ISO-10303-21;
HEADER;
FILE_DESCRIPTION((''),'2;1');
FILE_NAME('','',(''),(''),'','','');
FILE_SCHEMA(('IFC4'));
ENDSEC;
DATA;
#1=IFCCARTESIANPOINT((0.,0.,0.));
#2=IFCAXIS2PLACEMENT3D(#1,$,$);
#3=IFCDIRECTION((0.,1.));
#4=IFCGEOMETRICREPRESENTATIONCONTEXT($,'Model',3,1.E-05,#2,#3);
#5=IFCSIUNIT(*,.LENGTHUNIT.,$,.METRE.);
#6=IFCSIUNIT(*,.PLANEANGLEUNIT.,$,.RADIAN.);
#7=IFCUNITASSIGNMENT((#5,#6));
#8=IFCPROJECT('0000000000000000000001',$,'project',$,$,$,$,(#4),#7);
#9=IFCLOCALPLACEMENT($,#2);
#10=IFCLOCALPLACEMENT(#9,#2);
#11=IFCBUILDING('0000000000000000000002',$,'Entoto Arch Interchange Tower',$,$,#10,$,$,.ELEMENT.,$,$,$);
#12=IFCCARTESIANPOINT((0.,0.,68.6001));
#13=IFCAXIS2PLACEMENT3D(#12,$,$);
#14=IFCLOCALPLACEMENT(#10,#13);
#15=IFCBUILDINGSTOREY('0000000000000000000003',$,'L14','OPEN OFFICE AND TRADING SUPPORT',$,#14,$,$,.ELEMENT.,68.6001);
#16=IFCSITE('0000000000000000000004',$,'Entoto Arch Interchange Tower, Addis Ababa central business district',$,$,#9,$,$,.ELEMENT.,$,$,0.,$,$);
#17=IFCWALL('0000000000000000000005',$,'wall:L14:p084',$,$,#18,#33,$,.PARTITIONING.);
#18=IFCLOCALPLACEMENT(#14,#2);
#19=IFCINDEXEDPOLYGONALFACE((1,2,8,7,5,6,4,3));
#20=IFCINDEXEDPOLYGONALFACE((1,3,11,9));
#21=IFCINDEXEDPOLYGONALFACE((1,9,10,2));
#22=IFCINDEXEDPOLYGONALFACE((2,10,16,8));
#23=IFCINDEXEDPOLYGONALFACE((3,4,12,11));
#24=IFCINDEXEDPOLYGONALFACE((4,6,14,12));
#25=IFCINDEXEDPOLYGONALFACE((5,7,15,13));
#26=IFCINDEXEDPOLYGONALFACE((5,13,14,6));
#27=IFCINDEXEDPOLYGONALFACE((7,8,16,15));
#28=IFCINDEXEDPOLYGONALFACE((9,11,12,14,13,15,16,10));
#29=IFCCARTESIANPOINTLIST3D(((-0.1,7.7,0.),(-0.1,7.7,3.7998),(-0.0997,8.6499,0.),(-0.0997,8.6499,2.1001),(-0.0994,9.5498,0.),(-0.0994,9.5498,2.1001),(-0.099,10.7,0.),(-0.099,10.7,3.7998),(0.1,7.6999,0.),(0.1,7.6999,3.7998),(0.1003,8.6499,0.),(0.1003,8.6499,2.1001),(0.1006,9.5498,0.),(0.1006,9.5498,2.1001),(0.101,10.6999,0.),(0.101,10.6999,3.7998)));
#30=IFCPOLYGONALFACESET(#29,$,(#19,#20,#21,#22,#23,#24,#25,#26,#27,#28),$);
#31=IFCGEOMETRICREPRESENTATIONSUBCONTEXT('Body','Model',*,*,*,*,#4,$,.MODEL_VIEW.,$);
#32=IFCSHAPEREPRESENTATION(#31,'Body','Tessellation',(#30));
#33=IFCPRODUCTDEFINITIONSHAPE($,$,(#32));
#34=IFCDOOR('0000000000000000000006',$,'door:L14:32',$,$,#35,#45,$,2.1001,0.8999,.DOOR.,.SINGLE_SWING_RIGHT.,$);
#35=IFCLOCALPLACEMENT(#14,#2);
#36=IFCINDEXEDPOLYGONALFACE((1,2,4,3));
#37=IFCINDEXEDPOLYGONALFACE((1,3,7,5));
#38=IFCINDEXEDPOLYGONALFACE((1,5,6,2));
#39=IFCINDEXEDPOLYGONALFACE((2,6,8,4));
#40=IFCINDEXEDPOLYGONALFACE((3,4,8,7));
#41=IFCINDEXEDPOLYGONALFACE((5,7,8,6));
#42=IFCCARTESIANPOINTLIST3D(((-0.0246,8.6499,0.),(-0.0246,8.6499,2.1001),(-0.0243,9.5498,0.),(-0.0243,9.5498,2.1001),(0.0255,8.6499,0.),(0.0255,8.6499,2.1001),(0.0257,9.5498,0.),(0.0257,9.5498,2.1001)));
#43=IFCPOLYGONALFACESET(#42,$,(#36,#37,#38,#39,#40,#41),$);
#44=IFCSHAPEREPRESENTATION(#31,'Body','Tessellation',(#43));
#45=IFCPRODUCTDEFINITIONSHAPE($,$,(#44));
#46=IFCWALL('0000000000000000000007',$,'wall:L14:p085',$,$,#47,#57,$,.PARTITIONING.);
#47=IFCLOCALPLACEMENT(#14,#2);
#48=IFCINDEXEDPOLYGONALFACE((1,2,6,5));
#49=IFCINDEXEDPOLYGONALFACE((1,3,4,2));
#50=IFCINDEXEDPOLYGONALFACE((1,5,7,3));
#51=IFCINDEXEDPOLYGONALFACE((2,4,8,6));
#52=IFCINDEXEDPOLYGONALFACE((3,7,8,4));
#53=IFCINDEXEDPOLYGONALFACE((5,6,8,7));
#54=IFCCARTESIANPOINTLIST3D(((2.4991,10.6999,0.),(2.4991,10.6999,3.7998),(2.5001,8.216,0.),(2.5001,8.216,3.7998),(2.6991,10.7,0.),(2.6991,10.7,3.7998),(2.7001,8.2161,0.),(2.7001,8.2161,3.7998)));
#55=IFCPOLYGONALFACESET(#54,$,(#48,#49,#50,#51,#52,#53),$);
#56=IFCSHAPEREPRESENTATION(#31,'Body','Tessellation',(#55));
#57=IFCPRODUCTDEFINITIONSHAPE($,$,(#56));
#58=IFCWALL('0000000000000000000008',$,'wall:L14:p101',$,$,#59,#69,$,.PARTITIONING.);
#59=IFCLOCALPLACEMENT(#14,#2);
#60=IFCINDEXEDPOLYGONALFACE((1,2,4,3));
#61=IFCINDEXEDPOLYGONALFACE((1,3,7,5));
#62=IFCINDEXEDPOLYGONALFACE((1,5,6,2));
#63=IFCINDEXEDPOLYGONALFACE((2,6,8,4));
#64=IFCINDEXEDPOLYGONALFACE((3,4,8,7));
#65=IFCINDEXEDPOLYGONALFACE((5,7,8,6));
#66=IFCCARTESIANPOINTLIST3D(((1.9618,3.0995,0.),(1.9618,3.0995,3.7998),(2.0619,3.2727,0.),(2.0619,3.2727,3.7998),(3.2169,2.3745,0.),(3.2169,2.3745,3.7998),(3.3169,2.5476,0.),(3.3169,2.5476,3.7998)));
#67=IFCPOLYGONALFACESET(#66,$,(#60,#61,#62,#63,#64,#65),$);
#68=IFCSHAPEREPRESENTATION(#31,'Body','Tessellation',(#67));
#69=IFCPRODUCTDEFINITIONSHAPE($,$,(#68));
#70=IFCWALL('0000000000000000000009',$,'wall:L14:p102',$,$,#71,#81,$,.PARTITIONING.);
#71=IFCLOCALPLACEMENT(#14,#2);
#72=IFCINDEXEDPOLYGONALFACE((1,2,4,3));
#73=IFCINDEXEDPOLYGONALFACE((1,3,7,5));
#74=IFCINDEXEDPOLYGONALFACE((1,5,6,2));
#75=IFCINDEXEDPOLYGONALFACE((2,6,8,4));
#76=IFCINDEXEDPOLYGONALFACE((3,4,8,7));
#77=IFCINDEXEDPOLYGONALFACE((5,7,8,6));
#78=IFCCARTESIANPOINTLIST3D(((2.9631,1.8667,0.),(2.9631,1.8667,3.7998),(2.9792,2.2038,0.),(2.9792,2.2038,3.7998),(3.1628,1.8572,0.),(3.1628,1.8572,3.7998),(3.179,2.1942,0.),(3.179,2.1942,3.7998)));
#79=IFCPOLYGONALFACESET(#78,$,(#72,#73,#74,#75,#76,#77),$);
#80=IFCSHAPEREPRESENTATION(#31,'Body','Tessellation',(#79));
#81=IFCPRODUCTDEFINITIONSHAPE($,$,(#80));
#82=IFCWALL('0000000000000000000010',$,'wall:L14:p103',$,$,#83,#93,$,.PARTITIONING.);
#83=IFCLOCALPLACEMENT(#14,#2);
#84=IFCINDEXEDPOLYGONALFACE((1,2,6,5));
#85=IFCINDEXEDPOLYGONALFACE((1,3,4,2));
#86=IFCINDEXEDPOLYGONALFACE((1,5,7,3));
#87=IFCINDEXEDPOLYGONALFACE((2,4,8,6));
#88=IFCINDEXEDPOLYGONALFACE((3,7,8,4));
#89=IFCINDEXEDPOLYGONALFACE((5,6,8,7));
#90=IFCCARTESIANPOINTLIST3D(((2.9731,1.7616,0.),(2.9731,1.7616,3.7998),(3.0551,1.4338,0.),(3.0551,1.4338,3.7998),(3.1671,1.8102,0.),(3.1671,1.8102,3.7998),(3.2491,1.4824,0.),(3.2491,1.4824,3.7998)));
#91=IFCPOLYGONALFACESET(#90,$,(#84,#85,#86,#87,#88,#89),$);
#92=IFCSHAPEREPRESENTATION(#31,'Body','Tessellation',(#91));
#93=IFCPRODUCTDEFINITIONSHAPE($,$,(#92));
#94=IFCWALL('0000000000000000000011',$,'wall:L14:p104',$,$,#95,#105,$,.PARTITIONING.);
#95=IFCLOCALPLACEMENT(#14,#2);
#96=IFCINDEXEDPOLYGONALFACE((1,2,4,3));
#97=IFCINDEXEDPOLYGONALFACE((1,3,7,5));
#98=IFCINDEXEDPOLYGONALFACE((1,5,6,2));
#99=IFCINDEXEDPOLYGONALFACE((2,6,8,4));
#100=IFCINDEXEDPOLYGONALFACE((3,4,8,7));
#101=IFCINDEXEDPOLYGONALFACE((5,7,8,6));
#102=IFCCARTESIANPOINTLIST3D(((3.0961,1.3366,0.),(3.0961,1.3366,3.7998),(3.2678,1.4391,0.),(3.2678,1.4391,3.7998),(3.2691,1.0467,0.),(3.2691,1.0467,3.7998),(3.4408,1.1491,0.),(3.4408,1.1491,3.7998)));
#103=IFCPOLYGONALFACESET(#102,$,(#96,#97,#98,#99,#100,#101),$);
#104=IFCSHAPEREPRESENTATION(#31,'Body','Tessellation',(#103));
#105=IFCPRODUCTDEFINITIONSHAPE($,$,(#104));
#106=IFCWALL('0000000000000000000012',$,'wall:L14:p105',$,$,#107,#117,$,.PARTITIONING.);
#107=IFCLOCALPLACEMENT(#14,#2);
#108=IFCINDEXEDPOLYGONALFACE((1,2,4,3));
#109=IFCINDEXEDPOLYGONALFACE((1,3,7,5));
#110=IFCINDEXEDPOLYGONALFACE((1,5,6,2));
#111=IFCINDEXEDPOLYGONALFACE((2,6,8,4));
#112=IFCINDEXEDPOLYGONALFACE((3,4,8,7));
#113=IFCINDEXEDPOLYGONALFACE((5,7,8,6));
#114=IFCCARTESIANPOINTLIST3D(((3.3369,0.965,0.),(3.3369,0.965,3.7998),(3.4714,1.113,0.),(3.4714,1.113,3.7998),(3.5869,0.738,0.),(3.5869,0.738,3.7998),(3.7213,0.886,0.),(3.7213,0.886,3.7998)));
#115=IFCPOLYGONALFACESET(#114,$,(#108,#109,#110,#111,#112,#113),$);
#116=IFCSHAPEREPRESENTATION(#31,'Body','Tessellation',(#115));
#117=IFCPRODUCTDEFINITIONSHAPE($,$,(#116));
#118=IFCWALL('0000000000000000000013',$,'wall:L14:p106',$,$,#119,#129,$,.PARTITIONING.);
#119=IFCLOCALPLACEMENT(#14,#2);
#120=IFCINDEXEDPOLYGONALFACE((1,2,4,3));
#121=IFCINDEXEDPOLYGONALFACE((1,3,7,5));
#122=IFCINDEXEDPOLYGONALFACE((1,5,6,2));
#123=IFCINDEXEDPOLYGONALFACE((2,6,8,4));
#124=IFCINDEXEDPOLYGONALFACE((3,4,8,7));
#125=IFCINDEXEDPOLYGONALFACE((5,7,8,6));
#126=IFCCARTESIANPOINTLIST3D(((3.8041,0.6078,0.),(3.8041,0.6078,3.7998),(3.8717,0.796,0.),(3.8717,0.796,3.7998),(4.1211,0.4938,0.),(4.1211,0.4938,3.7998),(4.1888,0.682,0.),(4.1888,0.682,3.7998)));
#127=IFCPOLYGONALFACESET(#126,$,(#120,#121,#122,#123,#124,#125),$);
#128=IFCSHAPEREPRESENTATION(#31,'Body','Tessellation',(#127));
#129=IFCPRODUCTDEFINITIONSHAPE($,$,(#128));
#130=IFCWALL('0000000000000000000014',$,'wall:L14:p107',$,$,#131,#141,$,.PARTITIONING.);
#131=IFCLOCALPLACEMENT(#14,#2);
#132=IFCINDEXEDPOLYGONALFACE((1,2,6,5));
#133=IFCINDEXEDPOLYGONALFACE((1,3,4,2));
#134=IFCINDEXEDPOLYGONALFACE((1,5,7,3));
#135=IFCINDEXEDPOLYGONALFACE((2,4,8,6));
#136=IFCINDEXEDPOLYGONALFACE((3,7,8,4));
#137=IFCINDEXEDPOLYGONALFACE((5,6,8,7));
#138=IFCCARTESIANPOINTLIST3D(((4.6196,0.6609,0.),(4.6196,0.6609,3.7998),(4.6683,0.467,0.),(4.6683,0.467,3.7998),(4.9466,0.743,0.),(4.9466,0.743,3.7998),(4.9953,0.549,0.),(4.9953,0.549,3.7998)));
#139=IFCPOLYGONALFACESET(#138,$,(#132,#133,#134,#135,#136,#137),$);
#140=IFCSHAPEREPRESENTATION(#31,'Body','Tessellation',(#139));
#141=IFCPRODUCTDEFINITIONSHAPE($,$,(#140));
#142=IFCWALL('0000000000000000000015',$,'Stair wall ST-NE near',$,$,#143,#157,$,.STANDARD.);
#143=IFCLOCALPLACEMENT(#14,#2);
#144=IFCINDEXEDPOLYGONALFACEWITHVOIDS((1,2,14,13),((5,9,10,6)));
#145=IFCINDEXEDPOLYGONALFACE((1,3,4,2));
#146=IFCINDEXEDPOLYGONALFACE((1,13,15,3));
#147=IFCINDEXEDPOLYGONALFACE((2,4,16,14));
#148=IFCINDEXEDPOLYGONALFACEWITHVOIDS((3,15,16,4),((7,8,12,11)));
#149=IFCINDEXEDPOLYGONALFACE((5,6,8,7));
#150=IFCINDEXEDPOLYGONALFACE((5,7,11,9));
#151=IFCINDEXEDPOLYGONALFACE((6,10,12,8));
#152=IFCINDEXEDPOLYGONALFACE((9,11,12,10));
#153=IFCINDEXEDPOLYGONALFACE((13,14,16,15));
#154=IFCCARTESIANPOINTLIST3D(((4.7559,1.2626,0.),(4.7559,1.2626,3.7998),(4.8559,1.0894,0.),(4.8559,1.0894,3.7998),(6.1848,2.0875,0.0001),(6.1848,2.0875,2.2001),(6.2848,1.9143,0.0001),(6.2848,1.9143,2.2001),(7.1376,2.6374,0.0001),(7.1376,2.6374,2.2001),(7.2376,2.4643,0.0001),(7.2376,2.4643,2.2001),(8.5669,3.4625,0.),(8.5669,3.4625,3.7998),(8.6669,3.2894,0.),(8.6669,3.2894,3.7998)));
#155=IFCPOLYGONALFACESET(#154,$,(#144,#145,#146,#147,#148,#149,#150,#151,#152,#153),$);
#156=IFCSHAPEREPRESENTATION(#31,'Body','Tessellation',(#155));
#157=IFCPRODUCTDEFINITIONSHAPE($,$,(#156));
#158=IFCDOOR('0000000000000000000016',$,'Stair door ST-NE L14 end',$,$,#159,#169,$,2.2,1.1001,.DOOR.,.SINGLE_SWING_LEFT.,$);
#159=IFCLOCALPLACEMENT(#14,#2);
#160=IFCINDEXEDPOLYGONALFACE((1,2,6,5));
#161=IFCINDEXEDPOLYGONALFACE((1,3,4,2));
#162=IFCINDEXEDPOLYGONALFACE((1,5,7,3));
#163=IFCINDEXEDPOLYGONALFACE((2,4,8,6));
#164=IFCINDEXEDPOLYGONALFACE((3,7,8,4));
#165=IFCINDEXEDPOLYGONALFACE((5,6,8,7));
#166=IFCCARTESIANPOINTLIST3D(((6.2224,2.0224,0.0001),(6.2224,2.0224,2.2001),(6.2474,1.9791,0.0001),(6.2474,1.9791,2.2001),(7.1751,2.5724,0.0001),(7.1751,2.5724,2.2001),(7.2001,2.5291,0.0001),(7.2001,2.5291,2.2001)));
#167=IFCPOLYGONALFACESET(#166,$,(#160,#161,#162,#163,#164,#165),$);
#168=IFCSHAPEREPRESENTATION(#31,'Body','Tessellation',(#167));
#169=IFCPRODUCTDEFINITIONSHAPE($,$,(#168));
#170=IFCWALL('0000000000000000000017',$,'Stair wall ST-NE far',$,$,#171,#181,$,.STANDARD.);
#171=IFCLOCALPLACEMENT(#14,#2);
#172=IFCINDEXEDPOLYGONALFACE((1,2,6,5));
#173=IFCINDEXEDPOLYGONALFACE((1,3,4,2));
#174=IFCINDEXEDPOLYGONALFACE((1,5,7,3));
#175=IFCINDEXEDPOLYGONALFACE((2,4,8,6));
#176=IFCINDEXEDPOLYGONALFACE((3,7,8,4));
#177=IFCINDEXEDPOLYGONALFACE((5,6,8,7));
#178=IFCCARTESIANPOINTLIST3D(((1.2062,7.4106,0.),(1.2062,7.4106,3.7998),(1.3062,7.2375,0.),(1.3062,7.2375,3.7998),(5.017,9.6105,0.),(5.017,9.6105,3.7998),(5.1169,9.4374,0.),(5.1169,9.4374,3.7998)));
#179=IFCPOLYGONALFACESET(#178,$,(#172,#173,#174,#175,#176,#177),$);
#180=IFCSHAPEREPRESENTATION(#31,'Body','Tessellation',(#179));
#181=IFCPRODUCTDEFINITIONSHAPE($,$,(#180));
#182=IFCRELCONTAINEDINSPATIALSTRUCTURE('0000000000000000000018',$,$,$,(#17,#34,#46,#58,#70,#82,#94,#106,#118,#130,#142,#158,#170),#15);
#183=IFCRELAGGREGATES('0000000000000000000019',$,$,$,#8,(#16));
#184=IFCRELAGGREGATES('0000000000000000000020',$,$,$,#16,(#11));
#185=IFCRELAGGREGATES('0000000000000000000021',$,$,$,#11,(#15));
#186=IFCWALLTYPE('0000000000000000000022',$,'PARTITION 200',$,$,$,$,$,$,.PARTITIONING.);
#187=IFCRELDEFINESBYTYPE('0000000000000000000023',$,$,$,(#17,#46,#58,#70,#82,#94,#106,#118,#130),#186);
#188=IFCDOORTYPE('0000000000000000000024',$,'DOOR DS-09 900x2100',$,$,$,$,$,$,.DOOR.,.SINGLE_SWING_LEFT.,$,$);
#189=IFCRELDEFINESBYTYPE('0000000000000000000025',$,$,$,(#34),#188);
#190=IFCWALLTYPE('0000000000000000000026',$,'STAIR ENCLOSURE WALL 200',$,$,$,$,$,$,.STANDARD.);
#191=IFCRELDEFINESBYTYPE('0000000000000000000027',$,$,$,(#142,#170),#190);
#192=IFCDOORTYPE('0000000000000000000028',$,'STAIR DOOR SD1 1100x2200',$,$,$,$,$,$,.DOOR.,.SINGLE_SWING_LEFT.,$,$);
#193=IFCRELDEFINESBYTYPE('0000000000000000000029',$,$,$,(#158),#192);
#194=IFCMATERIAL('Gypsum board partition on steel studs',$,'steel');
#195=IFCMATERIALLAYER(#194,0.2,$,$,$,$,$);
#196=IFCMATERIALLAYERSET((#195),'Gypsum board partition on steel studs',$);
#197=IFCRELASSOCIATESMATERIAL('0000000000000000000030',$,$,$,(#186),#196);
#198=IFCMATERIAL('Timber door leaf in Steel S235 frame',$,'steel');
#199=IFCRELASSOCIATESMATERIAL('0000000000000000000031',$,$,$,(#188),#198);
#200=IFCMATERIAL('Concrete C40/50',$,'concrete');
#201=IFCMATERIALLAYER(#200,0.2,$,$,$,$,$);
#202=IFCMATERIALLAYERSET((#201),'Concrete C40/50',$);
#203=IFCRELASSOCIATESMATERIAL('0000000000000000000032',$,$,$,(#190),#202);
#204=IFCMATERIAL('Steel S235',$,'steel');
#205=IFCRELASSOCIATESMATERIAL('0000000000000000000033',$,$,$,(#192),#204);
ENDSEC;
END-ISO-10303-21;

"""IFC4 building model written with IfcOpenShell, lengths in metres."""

from ifc_helpers import new_model, si_unit, direction, frame, frame_2d, origin, place, context, subcontext, project, spatial, rectangle, extrude, material, layer, layer_set, type_object, element, fill, save


model = new_model("IFC4")

# Units and contexts
model_context = context("Model", 3, precision=1e-05, world=origin(), true_north=direction((0.0, 1.0)))
body_context = subcontext(model_context, "Body", "Model", "MODEL_VIEW")
ifc_project = project(units=[si_unit("LENGTHUNIT", "METRE"), si_unit("PLANEANGLEUNIT", "RADIAN")], contexts=[model_context])

# Site, building, storey
site_placement = place(None, origin())
site = spatial("IfcSite", under=ifc_project, at=site_placement, Name="Entoto Arch Interchange Tower, Addis Ababa central business district", CompositionType="ELEMENT", RefElevation=0.0)
building_placement = place(site_placement, origin())
building = spatial("IfcBuilding", under=site, at=building_placement, Name="Entoto Arch Interchange Tower", CompositionType="ELEMENT")
storey_placement = place(building_placement, frame((0.0, 0.0, 68.6001)))
storey = spatial("IfcBuildingStorey", under=building, at=storey_placement, Name="L14", Description="OPEN OFFICE AND TRADING SUPPORT", CompositionType="ELEMENT", Elevation=68.6001)

# Shared definitions
ifc_material_1 = material(Name="Concrete C40/50", Category="concrete")

# Shared definitions
ifc_material_2 = material(Name="Gypsum board partition on steel studs", Category="steel")
ifc_layer_1 = layer(ifc_material_2, 0.2)
ifc_layer_set_1 = layer_set([ifc_layer_1], Name="Gypsum board partition on steel studs")
wall_type_1 = type_object("IfcWallType", Name="PARTITION 200", PredefinedType="PARTITIONING", material=ifc_layer_set_1)

# Wall, opening, door
wall_1_placement = place(storey_placement, frame((0.0, 7.7, 0.0), z_axis=(0.0, 0.0, 1.0), x_axis=(0.000326, 1.0, 0.0)))
wall_1 = element("IfcWall", 1, at=wall_1_placement, inside=storey, type_object=wall_type_1, Name="wall:L14:p084", PredefinedType="PARTITIONING", context=body_context, shape_type="SweptSolid", body=[
    extrude(rectangle(XDim=3.0, YDim=0.2, at=frame_2d((1.5, 0.0))), origin(), (0.0, 0.0, 1.0), 3.7998),
])
opening_1_placement = place(wall_1_placement, frame((0.95, 0.0, 0.0)))
opening_1 = element("IfcOpeningElement", 2, at=opening_1_placement, cuts=wall_1, PredefinedType="OPENING", context=body_context, shape_type="SweptSolid", body=[
    extrude(rectangle(XDim=0.8999, YDim=2.1001, at=frame_2d((0.45, 1.05))), frame((0.0, 0.1099, 0.0), z_axis=(0.0, -1.0, 0.0), x_axis=(1.0, 0.0, 0.0)), (0.0, 0.0, 1.0), 0.22),
])
ifc_material_3 = material(Name="Timber door leaf in Steel S235 frame", Category="steel")
door_type_1 = type_object("IfcDoorType", Name="DOOR DS-09 900x2100", OperationType="SINGLE_SWING_LEFT", PredefinedType="DOOR", material=ifc_material_3)
door_1_placement = place(opening_1_placement, origin())
door_1 = element("IfcDoor", 3, at=door_1_placement, inside=storey, type_object=door_type_1, Name="door:L14:32", OperationType="SINGLE_SWING_RIGHT", OverallHeight=2.1001, OverallWidth=0.8999, PredefinedType="DOOR", context=body_context, shape_type="SweptSolid", body=[
    extrude(rectangle(XDim=0.8999, YDim=2.1001, at=frame_2d((0.45, 1.05))), frame((0.0, 0.0249, 0.0), z_axis=(0.0, -1.0, 0.0), x_axis=(1.0, 0.0, 0.0)), (0.0, 0.0, 1.0), 0.05),
])
fill(opening_1, door_1)

# Walls
wall_2_placement = place(storey_placement, frame((2.5991, 10.7, 0.0), z_axis=(0.0, 0.0, 1.0), x_axis=(0.000393, -1.0, 0.0)))
element("IfcWall", 4, at=wall_2_placement, inside=storey, type_object=wall_type_1, Name="wall:L14:p085", PredefinedType="PARTITIONING", context=body_context, shape_type="SweptSolid", body=[
    extrude(rectangle(XDim=2.4839, YDim=0.2, at=frame_2d((1.2419, 0.0))), origin(), (0.0, 0.0, 1.0), 3.7998),
])
wall_3_placement = place(storey_placement, frame((2.012, 3.186, 0.0), z_axis=(0.0, 0.0, 1.0), x_axis=(0.865891, -0.500233, 0.0)))
element("IfcWall", 5, at=wall_3_placement, inside=storey, type_object=wall_type_1, Name="wall:L14:p101", PredefinedType="PARTITIONING", context=body_context, shape_type="SweptSolid", body=[
    extrude(rectangle(XDim=1.4495, YDim=0.2, at=frame_2d((0.7246, 0.0))), origin(), (0.0, 0.0, 1.0), 3.7998),
])
wall_4_placement = place(storey_placement, frame((3.0791, 2.199, 0.0), z_axis=(0.0, 0.0, 1.0), x_axis=(-0.047771, -0.998858, 0.0)))
element("IfcWall", 6, at=wall_4_placement, inside=storey, type_object=wall_type_1, Name="wall:L14:p102", PredefinedType="PARTITIONING", context=body_context, shape_type="SweptSolid", body=[
    extrude(rectangle(XDim=0.3374, YDim=0.2, at=frame_2d((0.1687, 0.0))), origin(), (0.0, 0.0, 1.0), 3.7998),
])
wall_5_placement = place(storey_placement, frame((3.0701, 1.7859, 0.0), z_axis=(0.0, 0.0, 1.0), x_axis=(0.242706, -0.9701, 0.0)))
element("IfcWall", 7, at=wall_5_placement, inside=storey, type_object=wall_type_1, Name="wall:L14:p103", PredefinedType="PARTITIONING", context=body_context, shape_type="SweptSolid", body=[
    extrude(rectangle(XDim=0.3379, YDim=0.2, at=frame_2d((0.1689, 0.0))), origin(), (0.0, 0.0, 1.0), 3.7998),
])
for number, where, z_axis, x_axis, name in (
    (8, (3.1819, 1.3879, 0.0), (0.0, 0.0, 1.0), (0.512475, -0.858702, 0.0), "wall:L14:p104"),
    (9, (3.4041, 1.0391, 0.0), (0.0, 0.0, 1.0), (0.740267, -0.672313, 0.0), "wall:L14:p105"),
):
    element("IfcWall", number, at=place(storey_placement, frame(where, z_axis=z_axis, x_axis=x_axis)), inside=storey, type_object=wall_type_1, Name=name, PredefinedType="PARTITIONING", context=body_context, shape_type="SweptSolid", body=[
        extrude(rectangle(XDim=0.3376, YDim=0.2, at=frame_2d((0.1689, 0.0))), origin(), (0.0, 0.0, 1.0), 3.7998),
    ])
wall_6_placement = place(storey_placement, frame((3.8379, 0.7019, 0.0), z_axis=(0.0, 0.0, 1.0), x_axis=(0.941035, -0.338309, 0.0)))
element("IfcWall", 10, at=wall_6_placement, inside=storey, type_object=wall_type_1, Name="wall:L14:p106", PredefinedType="PARTITIONING", context=body_context, shape_type="SweptSolid", body=[
    extrude(rectangle(XDim=0.3369, YDim=0.2, at=frame_2d((0.1685, 0.0))), origin(), (0.0, 0.0, 1.0), 3.7998),
])
wall_7_placement = place(storey_placement, frame((4.644, 0.564, 0.0), z_axis=(0.0, 0.0, 1.0), x_axis=(0.969929, 0.243388, 0.0)))
element("IfcWall", 11, at=wall_7_placement, inside=storey, type_object=wall_type_1, Name="wall:L14:p107", PredefinedType="PARTITIONING", context=body_context, shape_type="SweptSolid", body=[
    extrude(rectangle(XDim=0.3372, YDim=0.2, at=frame_2d((0.1685, 0.0))), origin(), (0.0, 0.0, 1.0), 3.7998),
])

# Wall, opening, door
ifc_layer_2 = layer(ifc_material_1, 0.2)
ifc_layer_set_2 = layer_set([ifc_layer_2], Name="Concrete C40/50")
wall_type_2 = type_object("IfcWallType", Name="STAIR ENCLOSURE WALL 200", PredefinedType="STANDARD", material=ifc_layer_set_2)
wall_8_placement = place(storey_placement, frame((4.8059, 1.176, 0.0), z_axis=(0.0, 0.0, 1.0), x_axis=(0.86606, 0.49994, 0.0)))
wall_8 = element("IfcWall", 12, at=wall_8_placement, inside=storey, type_object=wall_type_2, Name="Stair wall ST-NE near", PredefinedType="STANDARD", context=body_context, shape_type="SweptSolid", body=[
    extrude(rectangle(XDim=4.4004, YDim=0.2, at=frame_2d((2.2002, 0.0))), origin(), (0.0, 0.0, 1.0), 3.7998),
])
opening_2_placement = place(wall_8_placement, frame((1.6499, 0.0, 0.0)))
opening_2 = element("IfcOpeningElement", 13, at=opening_2_placement, cuts=wall_8, PredefinedType="OPENING", context=body_context, shape_type="SweptSolid", body=[
    extrude(rectangle(XDim=1.1001, YDim=2.2, at=frame_2d((0.55, 1.1001))), frame((0.0, 0.1099, 0.0), z_axis=(0.0, -1.0, 0.0), x_axis=(1.0, 0.0, 0.0)), (0.0, 0.0, 1.0), 0.22),
])
ifc_material_4 = material(Name="Steel S235", Category="steel")
door_type_2 = type_object("IfcDoorType", Name="STAIR DOOR SD1 1100x2200", OperationType="SINGLE_SWING_LEFT", PredefinedType="DOOR", material=ifc_material_4)
door_2_placement = place(opening_2_placement, origin())
door_2 = element("IfcDoor", 14, at=door_2_placement, inside=storey, type_object=door_type_2, Name="Stair door ST-NE L14 end", OperationType="SINGLE_SWING_LEFT", OverallHeight=2.2, OverallWidth=1.1001, PredefinedType="DOOR", context=body_context, shape_type="SweptSolid", body=[
    extrude(rectangle(XDim=1.1001, YDim=2.2, at=frame_2d((0.55, 1.1001))), frame((0.0, 0.0249, 0.0), z_axis=(0.0, -1.0, 0.0), x_axis=(1.0, 0.0, 0.0)), (0.0, 0.0, 1.0), 0.05),
])
fill(opening_2, door_2)

# Wall
wall_9_placement = place(storey_placement, frame((1.2561, 7.324, 0.0), z_axis=(0.0, 0.0, 1.0), x_axis=(0.866046, 0.499964, 0.0)))
element("IfcWall", 15, at=wall_9_placement, inside=storey, type_object=wall_type_2, Name="Stair wall ST-NE far", PredefinedType="STANDARD", context=body_context, shape_type="SweptSolid", body=[
    extrude(rectangle(XDim=4.4001, YDim=0.2, at=frame_2d((2.2002, 0.0))), origin(), (0.0, 0.0, 1.0), 3.7998),
])

save(model, "model.ifc")
